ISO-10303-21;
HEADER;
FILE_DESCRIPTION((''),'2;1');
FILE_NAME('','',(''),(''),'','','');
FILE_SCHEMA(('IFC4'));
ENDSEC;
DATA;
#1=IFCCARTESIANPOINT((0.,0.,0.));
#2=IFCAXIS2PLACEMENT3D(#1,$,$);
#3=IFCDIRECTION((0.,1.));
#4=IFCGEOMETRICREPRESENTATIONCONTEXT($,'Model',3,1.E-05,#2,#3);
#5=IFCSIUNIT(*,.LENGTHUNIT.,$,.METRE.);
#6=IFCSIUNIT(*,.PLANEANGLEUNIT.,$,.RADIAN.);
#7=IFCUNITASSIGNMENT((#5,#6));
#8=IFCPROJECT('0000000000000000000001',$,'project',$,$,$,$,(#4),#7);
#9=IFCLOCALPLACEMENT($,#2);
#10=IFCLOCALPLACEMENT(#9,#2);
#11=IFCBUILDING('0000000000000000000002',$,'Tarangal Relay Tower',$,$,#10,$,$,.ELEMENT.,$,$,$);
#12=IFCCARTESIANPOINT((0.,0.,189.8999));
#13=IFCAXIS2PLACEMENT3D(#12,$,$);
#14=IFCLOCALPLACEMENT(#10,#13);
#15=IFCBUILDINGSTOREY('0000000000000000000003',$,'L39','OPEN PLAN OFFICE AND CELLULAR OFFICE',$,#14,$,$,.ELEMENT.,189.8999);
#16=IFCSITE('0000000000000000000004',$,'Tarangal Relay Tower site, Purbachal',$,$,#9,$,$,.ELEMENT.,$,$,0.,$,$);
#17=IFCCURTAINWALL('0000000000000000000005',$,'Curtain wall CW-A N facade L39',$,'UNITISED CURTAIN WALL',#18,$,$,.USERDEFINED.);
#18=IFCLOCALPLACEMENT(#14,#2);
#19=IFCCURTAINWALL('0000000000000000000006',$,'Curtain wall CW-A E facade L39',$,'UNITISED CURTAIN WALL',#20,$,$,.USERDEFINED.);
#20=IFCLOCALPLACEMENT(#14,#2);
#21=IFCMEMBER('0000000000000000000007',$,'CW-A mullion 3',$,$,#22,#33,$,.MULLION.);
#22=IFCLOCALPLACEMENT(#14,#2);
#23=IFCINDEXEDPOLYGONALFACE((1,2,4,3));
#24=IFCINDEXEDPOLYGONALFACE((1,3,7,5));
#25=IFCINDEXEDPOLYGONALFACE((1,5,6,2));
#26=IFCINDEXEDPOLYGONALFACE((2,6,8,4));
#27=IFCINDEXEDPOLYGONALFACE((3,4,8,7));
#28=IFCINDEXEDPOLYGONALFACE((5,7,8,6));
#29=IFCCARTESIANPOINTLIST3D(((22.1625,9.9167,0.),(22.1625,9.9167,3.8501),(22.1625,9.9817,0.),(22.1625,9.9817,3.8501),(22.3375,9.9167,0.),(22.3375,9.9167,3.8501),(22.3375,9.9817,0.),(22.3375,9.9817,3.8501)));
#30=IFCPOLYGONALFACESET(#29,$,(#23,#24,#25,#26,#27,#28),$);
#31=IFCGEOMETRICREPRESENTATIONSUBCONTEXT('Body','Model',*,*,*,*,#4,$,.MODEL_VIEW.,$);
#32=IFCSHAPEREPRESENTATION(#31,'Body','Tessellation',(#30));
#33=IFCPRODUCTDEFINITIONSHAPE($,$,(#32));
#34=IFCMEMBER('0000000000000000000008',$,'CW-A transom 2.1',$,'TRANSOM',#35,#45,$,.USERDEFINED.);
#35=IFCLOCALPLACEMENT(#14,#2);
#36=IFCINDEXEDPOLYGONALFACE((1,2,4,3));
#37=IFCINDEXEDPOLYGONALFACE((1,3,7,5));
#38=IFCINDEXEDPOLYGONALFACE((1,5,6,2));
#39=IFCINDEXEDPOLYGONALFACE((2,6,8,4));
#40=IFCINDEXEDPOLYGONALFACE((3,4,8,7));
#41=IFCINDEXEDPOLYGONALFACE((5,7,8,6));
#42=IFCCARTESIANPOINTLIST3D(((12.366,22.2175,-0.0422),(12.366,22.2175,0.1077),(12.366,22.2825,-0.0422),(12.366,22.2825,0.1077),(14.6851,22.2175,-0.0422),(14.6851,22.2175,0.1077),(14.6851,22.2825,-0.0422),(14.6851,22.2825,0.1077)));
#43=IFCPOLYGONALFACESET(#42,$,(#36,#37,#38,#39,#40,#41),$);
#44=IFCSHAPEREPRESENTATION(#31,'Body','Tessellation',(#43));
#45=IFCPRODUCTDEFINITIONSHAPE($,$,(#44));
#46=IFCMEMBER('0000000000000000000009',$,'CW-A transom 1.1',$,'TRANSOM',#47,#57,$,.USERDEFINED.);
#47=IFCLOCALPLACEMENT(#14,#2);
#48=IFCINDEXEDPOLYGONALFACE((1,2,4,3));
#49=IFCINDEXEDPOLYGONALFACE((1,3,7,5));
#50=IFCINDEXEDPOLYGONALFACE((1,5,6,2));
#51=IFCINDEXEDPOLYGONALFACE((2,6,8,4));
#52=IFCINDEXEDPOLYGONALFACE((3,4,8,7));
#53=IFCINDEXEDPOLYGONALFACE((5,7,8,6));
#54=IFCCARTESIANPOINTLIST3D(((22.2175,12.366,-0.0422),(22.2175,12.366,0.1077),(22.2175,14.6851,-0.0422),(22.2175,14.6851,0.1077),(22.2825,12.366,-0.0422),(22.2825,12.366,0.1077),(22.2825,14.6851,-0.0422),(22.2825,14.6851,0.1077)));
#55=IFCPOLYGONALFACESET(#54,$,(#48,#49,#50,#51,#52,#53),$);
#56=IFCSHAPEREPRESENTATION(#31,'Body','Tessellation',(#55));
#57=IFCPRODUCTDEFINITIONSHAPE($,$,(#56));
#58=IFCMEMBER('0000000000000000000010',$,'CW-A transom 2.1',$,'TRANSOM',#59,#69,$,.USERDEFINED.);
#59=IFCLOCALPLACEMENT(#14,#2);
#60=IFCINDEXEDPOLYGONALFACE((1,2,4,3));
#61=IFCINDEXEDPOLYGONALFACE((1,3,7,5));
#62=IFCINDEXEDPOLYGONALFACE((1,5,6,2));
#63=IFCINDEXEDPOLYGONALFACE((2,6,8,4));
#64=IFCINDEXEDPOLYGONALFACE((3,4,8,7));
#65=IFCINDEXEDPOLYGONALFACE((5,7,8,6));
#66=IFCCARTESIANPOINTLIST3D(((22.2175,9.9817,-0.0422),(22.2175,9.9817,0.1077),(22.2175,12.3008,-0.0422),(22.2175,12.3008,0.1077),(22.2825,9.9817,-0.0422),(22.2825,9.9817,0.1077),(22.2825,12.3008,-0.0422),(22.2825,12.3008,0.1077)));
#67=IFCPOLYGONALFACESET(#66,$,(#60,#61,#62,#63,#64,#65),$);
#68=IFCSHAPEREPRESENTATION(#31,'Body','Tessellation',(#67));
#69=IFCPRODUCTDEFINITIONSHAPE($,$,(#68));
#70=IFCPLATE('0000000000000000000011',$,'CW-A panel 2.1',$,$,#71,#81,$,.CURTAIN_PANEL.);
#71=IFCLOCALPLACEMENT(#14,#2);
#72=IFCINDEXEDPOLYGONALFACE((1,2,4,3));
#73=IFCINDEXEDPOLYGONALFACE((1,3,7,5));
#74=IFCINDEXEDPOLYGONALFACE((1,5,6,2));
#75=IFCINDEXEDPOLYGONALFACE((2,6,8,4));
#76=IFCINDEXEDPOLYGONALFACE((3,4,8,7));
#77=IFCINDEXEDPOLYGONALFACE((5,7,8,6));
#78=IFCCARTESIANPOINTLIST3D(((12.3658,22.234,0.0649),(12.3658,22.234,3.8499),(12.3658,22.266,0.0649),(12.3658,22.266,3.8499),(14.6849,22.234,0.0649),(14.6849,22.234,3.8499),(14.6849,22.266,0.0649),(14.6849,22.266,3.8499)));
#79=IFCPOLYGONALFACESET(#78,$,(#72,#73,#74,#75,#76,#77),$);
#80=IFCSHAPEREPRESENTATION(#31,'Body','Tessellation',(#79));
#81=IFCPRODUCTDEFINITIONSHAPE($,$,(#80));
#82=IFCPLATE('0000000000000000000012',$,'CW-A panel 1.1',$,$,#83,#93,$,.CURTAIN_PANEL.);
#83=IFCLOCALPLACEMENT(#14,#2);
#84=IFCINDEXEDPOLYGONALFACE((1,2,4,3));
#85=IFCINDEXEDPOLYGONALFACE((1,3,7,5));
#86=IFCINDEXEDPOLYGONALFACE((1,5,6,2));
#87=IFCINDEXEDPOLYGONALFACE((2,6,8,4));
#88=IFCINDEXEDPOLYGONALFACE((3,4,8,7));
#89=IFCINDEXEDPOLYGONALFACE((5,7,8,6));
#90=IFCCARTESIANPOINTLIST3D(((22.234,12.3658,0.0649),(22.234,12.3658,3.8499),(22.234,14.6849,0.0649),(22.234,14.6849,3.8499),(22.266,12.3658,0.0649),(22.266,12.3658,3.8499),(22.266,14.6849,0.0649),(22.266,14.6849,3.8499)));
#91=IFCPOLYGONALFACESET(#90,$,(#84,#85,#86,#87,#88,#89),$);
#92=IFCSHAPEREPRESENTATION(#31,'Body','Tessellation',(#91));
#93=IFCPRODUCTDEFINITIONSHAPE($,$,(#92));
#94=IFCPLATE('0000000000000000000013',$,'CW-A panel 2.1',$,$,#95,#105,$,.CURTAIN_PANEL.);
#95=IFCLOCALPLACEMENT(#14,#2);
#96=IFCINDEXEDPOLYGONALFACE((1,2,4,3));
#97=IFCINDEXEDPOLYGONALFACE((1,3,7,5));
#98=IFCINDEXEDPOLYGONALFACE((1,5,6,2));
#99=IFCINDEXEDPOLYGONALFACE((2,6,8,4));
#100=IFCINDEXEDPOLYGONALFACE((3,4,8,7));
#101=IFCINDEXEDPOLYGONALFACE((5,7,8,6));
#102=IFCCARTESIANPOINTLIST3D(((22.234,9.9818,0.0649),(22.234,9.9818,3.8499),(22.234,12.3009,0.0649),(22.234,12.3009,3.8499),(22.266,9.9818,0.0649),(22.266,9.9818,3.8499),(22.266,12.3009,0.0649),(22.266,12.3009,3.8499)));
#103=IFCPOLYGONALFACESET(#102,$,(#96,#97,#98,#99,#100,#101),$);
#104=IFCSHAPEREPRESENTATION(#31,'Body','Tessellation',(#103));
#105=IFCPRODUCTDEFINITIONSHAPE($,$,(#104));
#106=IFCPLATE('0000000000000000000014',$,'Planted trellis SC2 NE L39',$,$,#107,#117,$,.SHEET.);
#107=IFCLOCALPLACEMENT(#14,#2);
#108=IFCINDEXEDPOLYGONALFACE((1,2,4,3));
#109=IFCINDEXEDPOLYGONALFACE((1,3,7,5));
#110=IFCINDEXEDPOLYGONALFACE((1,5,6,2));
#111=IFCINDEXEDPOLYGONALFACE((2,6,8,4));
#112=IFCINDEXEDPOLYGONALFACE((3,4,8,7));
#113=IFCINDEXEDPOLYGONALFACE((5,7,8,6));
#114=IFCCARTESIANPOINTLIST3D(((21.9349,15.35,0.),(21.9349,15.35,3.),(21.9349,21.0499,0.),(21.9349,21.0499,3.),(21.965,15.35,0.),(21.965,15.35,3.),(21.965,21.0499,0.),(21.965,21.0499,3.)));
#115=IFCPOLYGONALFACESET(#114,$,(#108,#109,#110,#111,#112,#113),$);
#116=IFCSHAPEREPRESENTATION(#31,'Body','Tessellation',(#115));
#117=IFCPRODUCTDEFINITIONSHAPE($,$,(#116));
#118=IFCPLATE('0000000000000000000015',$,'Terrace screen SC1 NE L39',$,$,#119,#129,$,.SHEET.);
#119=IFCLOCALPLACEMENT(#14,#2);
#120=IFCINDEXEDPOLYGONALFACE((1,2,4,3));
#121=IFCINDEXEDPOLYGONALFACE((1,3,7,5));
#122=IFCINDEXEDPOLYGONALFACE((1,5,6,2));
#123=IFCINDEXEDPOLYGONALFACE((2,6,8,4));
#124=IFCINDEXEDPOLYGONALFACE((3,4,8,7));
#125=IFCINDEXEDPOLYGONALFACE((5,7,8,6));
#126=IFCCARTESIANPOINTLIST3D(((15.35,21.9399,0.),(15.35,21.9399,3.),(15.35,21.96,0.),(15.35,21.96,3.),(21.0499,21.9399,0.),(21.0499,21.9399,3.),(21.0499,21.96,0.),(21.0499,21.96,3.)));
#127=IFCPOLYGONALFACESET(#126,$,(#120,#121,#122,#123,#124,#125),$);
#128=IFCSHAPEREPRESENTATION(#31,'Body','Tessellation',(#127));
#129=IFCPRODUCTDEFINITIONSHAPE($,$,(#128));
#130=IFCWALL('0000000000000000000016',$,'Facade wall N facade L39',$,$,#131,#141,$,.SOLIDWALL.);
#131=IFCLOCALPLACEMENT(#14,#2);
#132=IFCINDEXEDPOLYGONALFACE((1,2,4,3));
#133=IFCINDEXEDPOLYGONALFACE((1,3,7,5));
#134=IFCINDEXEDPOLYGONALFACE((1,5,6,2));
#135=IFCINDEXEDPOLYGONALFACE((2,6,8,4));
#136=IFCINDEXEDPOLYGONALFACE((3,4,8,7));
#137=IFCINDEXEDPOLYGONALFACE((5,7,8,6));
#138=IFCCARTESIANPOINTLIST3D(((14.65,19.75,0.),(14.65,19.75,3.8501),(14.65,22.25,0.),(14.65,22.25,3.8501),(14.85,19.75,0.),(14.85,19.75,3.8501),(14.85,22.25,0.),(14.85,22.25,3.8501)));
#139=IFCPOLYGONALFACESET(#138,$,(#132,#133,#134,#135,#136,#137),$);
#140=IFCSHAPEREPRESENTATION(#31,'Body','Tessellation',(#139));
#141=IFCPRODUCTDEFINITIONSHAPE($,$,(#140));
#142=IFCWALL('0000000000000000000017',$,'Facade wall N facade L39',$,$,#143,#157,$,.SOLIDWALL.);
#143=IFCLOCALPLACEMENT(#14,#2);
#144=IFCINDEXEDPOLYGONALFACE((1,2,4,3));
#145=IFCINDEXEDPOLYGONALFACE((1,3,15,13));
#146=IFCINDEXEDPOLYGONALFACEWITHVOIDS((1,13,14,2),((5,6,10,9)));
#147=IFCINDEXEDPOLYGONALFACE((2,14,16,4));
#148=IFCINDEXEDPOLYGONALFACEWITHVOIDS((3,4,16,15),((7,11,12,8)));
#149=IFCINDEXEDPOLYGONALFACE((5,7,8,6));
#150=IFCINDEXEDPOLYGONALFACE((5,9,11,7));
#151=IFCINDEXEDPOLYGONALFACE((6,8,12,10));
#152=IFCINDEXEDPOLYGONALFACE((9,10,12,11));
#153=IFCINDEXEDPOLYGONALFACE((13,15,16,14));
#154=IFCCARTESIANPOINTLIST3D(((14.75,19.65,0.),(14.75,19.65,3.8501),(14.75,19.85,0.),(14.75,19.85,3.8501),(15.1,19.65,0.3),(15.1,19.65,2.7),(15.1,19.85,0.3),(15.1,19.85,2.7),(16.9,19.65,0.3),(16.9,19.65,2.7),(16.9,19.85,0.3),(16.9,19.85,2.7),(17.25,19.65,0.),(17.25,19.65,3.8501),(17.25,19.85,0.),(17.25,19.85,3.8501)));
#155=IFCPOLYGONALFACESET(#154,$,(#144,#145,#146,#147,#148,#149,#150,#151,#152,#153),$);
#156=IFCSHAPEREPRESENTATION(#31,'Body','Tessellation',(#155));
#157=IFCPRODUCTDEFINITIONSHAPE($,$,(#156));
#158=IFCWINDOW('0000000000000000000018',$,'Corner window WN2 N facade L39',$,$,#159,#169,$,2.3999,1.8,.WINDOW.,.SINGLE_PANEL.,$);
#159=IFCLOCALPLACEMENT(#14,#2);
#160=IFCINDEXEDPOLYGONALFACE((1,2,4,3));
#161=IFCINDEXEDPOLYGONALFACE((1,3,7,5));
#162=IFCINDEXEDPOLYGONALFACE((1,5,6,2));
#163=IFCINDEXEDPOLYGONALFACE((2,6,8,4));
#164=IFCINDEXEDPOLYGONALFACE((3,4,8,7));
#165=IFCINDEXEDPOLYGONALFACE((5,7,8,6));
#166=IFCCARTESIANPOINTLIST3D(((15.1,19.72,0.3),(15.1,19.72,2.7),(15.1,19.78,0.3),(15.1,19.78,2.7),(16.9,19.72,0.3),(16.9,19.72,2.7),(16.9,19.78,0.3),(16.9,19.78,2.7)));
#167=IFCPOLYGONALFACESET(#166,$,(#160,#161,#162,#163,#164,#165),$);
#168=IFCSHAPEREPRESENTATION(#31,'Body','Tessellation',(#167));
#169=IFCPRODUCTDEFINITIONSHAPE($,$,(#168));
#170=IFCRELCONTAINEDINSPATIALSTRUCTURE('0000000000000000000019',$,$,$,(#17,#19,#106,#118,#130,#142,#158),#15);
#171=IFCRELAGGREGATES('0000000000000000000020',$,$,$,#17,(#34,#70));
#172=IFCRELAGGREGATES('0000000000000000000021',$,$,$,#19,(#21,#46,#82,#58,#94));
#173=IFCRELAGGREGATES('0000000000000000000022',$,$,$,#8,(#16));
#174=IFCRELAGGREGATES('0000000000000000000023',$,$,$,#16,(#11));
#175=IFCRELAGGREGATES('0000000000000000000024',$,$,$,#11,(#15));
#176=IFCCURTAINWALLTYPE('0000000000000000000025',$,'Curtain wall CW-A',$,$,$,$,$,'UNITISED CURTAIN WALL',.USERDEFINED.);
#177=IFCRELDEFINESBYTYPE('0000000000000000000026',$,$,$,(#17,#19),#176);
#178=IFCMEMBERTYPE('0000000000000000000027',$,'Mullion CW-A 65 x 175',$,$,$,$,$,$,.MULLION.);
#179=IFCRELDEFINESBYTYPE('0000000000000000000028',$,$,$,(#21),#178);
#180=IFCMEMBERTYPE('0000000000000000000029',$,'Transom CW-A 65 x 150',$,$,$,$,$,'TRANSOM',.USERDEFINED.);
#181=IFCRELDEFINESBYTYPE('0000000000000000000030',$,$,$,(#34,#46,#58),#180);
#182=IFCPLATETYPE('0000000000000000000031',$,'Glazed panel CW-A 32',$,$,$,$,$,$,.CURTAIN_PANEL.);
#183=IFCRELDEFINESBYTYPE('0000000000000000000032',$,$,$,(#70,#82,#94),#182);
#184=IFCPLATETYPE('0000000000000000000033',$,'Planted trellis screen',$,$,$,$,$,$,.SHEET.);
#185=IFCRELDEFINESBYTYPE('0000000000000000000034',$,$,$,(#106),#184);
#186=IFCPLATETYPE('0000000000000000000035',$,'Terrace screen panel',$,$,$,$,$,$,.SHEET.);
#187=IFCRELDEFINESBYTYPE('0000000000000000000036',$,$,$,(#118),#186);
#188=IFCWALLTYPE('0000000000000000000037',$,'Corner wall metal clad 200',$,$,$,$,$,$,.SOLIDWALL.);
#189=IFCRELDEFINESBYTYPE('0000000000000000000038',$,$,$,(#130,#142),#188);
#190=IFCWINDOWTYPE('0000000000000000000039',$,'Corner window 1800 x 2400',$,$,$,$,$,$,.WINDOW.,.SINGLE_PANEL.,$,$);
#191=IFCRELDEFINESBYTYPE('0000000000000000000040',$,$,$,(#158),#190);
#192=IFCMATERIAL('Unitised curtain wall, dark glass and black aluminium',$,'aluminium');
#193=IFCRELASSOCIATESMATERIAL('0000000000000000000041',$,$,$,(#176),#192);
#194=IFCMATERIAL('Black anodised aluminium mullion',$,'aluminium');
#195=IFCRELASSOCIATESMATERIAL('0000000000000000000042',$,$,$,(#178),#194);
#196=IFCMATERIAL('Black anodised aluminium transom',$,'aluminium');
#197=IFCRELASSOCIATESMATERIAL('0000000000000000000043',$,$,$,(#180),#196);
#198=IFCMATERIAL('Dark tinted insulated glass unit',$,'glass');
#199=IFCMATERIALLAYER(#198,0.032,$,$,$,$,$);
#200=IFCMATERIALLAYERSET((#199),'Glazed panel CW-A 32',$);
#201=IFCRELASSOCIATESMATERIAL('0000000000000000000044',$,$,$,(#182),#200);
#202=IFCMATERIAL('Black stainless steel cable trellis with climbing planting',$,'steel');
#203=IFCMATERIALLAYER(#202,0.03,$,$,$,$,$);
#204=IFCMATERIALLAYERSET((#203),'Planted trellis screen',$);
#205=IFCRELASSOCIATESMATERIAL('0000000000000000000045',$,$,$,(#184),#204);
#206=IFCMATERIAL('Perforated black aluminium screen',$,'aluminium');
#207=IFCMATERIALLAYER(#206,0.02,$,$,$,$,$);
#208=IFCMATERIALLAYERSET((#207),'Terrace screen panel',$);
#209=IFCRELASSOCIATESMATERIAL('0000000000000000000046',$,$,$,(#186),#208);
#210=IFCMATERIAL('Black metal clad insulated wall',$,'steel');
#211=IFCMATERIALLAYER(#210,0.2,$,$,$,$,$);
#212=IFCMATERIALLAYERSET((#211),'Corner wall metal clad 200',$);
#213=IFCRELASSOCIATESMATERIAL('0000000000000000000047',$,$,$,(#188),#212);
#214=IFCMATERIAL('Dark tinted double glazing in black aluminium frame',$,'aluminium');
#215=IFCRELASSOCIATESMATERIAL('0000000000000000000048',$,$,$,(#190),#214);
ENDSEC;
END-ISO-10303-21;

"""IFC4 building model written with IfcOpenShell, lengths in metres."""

from ifc_helpers import new_model, si_unit, direction, frame, frame_2d, origin, origin_2d, place, context, subcontext, project, spatial, rectangle, extrude, material, layer, layer_set, material_profile, profile_set, type_object, element, fill, aggregate, save


model = new_model("IFC4")

# Units and contexts
model_context = context("Model", 3, precision=1e-05, world=origin(), true_north=direction((0.0, 1.0)))
body_context = subcontext(model_context, "Body", "Model", "MODEL_VIEW")
ifc_project = project(units=[si_unit("LENGTHUNIT", "METRE"), si_unit("PLANEANGLEUNIT", "RADIAN")], contexts=[model_context])

# Site, building, storey
site_placement = place(None, origin())
site = spatial("IfcSite", under=ifc_project, at=site_placement, Name="Tarangal Relay Tower site, Purbachal", CompositionType="ELEMENT", RefElevation=0.0)
building_placement = place(site_placement, origin())
building = spatial("IfcBuilding", under=site, at=building_placement, Name="Tarangal Relay Tower", CompositionType="ELEMENT")
storey_placement = place(building_placement, frame((0.0, 0.0, 189.8999)))
storey = spatial("IfcBuildingStorey", under=building, at=storey_placement, Name="L39", Description="OPEN PLAN OFFICE AND CELLULAR OFFICE", CompositionType="ELEMENT", Elevation=189.8999)

# Curtain walls, member
ifc_material_1 = material(Name="Unitised curtain wall, dark glass and black aluminium", Category="aluminium")
curtain_wall_type = type_object("IfcCurtainWallType", Name="Curtain wall CW-A", ElementType="UNITISED CURTAIN WALL", PredefinedType="USERDEFINED", material=ifc_material_1)
curtain_wall_1_placement = place(storey_placement, origin())
curtain_wall_1 = element("IfcCurtainWall", 1, at=curtain_wall_1_placement, inside=storey, type_object=curtain_wall_type, Name="Curtain wall CW-A N facade L39", ObjectType="UNITISED CURTAIN WALL", PredefinedType="USERDEFINED")
ifc_material_2 = material(Name="Black anodised aluminium mullion", Category="aluminium")
ifc_material_profile_1 = material_profile(ifc_material_2, rectangle(XDim=0.175, YDim=0.0649, at=origin_2d()), Name="CW-AM 65X175")
ifc_profile_set_1 = profile_set([ifc_material_profile_1], Name="Black anodised aluminium mullion")
member_type_1 = type_object("IfcMemberType", Name="Mullion CW-A 65 x 175", PredefinedType="MULLION", material=ifc_profile_set_1)
curtain_wall_2_placement = place(storey_placement, origin())
curtain_wall_2 = element("IfcCurtainWall", 2, at=curtain_wall_2_placement, inside=storey, type_object=curtain_wall_type, Name="Curtain wall CW-A E facade L39", ObjectType="UNITISED CURTAIN WALL", PredefinedType="USERDEFINED")
member_1_placement = place(storey_placement, frame((22.25, 9.9492, 0.0), z_axis=(0.0, 0.0, 1.0), x_axis=(1.0, 0.0, 0.0)))
member_1 = element("IfcMember", 3, at=member_1_placement, type_object=member_type_1, Name="CW-A mullion 3", PredefinedType="MULLION", context=body_context, shape_type="SweptSolid", body=[
    extrude(rectangle(XDim=0.175, YDim=0.0649, at=origin_2d()), origin(), (0.0, 0.0, 1.0), 3.8501),
])

# Members
ifc_material_3 = material(Name="Black anodised aluminium transom", Category="aluminium")
ifc_material_profile_2 = material_profile(ifc_material_3, rectangle(XDim=0.0649, YDim=0.1499, at=origin_2d()), Name="CW-AT 65X150")
ifc_profile_set_2 = profile_set([ifc_material_profile_2], Name="Black anodised aluminium transom")
member_type_2 = type_object("IfcMemberType", Name="Transom CW-A 65 x 150", ElementType="TRANSOM", PredefinedType="USERDEFINED", material=ifc_profile_set_2)
member_2_placement = place(storey_placement, frame((12.366, 22.25, 0.0327), z_axis=(1.0, 0.0, 0.0), x_axis=(0.0, 1.0, 0.0)))
member_2 = element("IfcMember", 4, at=member_2_placement, type_object=member_type_2, Name="CW-A transom 2.1", ObjectType="TRANSOM", PredefinedType="USERDEFINED", context=body_context, shape_type="SweptSolid", body=[
    extrude(rectangle(XDim=0.0649, YDim=0.1499, at=origin_2d()), origin(), (0.0, 0.0, 1.0), 2.3191),
])
member_3_placement = place(storey_placement, frame((22.25, 14.6851, 0.0327), z_axis=(0.0, -1.0, 0.0), x_axis=(1.0, 0.0, 0.0)))
member_3 = element("IfcMember", 5, at=member_3_placement, type_object=member_type_2, Name="CW-A transom 1.1", ObjectType="TRANSOM", PredefinedType="USERDEFINED", context=body_context, shape_type="SweptSolid", body=[
    extrude(rectangle(XDim=0.0649, YDim=0.1499, at=origin_2d()), origin(), (0.0, 0.0, 1.0), 2.3191),
])
member_4_placement = place(storey_placement, frame((22.25, 12.3008, 0.0327), z_axis=(0.0, -1.0, 0.0), x_axis=(1.0, 0.0, 0.0)))
member_4 = element("IfcMember", 6, at=member_4_placement, type_object=member_type_2, Name="CW-A transom 2.1", ObjectType="TRANSOM", PredefinedType="USERDEFINED", context=body_context, shape_type="SweptSolid", body=[
    extrude(rectangle(XDim=0.0649, YDim=0.1499, at=origin_2d()), origin(), (0.0, 0.0, 1.0), 2.3191),
])

# Plates
ifc_material_4 = material(Name="Dark tinted insulated glass unit", Category="glass")
ifc_layer_1 = layer(ifc_material_4, 0.032)
ifc_layer_set_1 = layer_set([ifc_layer_1], Name="Glazed panel CW-A 32")
plate_type_1 = type_object("IfcPlateType", Name="Glazed panel CW-A 32", PredefinedType="CURTAIN_PANEL", material=ifc_layer_set_1)
plate_1_placement = place(storey_placement, frame((13.5254, 22.25, 0.0649), z_axis=(0.0, 0.0, 1.0), x_axis=(1.0, 0.0, 0.0)))
plate_1 = element("IfcPlate", 7, at=plate_1_placement, type_object=plate_type_1, Name="CW-A panel 2.1", PredefinedType="CURTAIN_PANEL", context=body_context, shape_type="SweptSolid", body=[
    extrude(rectangle(XDim=2.3191, YDim=0.032, at=origin_2d()), origin(), (0.0, 0.0, 1.0), 3.7849),
])
aggregate(curtain_wall_1, [member_2, plate_1])
plate_2_placement = place(storey_placement, frame((22.25, 13.5254, 0.0649), z_axis=(0.0, 0.0, 1.0), x_axis=(0.0, -1.0, 0.0)))
plate_2 = element("IfcPlate", 8, at=plate_2_placement, type_object=plate_type_1, Name="CW-A panel 1.1", PredefinedType="CURTAIN_PANEL", context=body_context, shape_type="SweptSolid", body=[
    extrude(rectangle(XDim=2.3191, YDim=0.032, at=origin_2d()), origin(), (0.0, 0.0, 1.0), 3.7849),
])
plate_3_placement = place(storey_placement, frame((22.25, 11.1414, 0.0649), z_axis=(0.0, 0.0, 1.0), x_axis=(0.0, -1.0, 0.0)))
plate_3 = element("IfcPlate", 9, at=plate_3_placement, type_object=plate_type_1, Name="CW-A panel 2.1", PredefinedType="CURTAIN_PANEL", context=body_context, shape_type="SweptSolid", body=[
    extrude(rectangle(XDim=2.3191, YDim=0.032, at=origin_2d()), origin(), (0.0, 0.0, 1.0), 3.7849),
])
aggregate(curtain_wall_2, [member_1, member_3, plate_2, member_4, plate_3])

# Plates
ifc_material_5 = material(Name="Black stainless steel cable trellis with climbing planting", Category="steel")
ifc_layer_2 = layer(ifc_material_5, 0.03)
ifc_layer_set_2 = layer_set([ifc_layer_2], Name="Planted trellis screen")
plate_type_2 = type_object("IfcPlateType", Name="Planted trellis screen", PredefinedType="SHEET", material=ifc_layer_set_2)
plate_4_placement = place(storey_placement, frame((21.95, 18.2, 0.0), z_axis=(0.0, 0.0, 1.0), x_axis=(0.0, -1.0, 0.0)))
element("IfcPlate", 10, at=plate_4_placement, inside=storey, type_object=plate_type_2, Name="Planted trellis SC2 NE L39", PredefinedType="SHEET", context=body_context, shape_type="SweptSolid", body=[
    extrude(rectangle(XDim=5.7, YDim=0.03, at=origin_2d()), origin(), (0.0, 0.0, 1.0), 3.0),
])
ifc_material_6 = material(Name="Perforated black aluminium screen", Category="aluminium")
ifc_layer_3 = layer(ifc_material_6, 0.02)
ifc_layer_set_3 = layer_set([ifc_layer_3], Name="Terrace screen panel")
plate_type_3 = type_object("IfcPlateType", Name="Terrace screen panel", PredefinedType="SHEET", material=ifc_layer_set_3)
plate_5_placement = place(storey_placement, frame((18.2, 21.95, 0.0), z_axis=(0.0, 0.0, 1.0), x_axis=(1.0, 0.0, 0.0)))
element("IfcPlate", 11, at=plate_5_placement, inside=storey, type_object=plate_type_3, Name="Terrace screen SC1 NE L39", PredefinedType="SHEET", context=body_context, shape_type="SweptSolid", body=[
    extrude(rectangle(XDim=5.7, YDim=0.02, at=origin_2d()), origin(), (0.0, 0.0, 1.0), 3.0),
])

# Wall
ifc_material_7 = material(Name="Black metal clad insulated wall", Category="steel")
ifc_layer_4 = layer(ifc_material_7, 0.2)
ifc_layer_set_4 = layer_set([ifc_layer_4], Name="Corner wall metal clad 200")
wall_type_1 = type_object("IfcWallType", Name="Corner wall metal clad 200", PredefinedType="SOLIDWALL", material=ifc_layer_set_4)
wall_1_placement = place(storey_placement, frame((14.75, 22.25, 0.0), z_axis=(0.0, 0.0, 1.0), x_axis=(0.0, -1.0, 0.0)))
element("IfcWall", 12, at=wall_1_placement, inside=storey, type_object=wall_type_1, Name="Facade wall N facade L39", PredefinedType="SOLIDWALL", context=body_context, shape_type="SweptSolid", body=[
    extrude(rectangle(XDim=2.5, YDim=0.2, at=frame_2d((1.25, 0.0))), origin(), (0.0, 0.0, 1.0), 3.8501),
])

# Wall, opening, window
wall_2_placement = place(storey_placement, frame((14.75, 19.75, 0.0), z_axis=(0.0, 0.0, 1.0), x_axis=(1.0, 0.0, 0.0)))
wall_2 = element("IfcWall", 13, at=wall_2_placement, inside=storey, type_object=wall_type_1, Name="Facade wall N facade L39", PredefinedType="SOLIDWALL", context=body_context, shape_type="SweptSolid", body=[
    extrude(rectangle(XDim=2.5, YDim=0.2, at=frame_2d((1.25, 0.0))), origin(), (0.0, 0.0, 1.0), 3.8501),
])
opening_1_placement = place(wall_2_placement, frame((0.3501, 0.0, 0.3)))
opening_1 = element("IfcOpeningElement", 14, at=opening_1_placement, cuts=wall_2, PredefinedType="OPENING", context=body_context, shape_type="SweptSolid", body=[
    extrude(rectangle(XDim=1.8, YDim=2.3999, at=frame_2d((0.8999, 1.2))), frame((0.0, 0.1099, 0.0), z_axis=(0.0, -1.0, 0.0), x_axis=(1.0, 0.0, 0.0)), (0.0, 0.0, 1.0), 0.22),
])
ifc_material_8 = material(Name="Dark tinted double glazing in black aluminium frame", Category="aluminium")
window_type = type_object("IfcWindowType", Name="Corner window 1800 x 2400", PartitioningType="SINGLE_PANEL", PredefinedType="WINDOW", material=ifc_material_8)
window_1_placement = place(opening_1_placement, origin())
window_1 = element("IfcWindow", 15, at=window_1_placement, inside=storey, type_object=window_type, Name="Corner window WN2 N facade L39", OverallHeight=2.3999, OverallWidth=1.8, PartitioningType="SINGLE_PANEL", PredefinedType="WINDOW", context=body_context, shape_type="SweptSolid", body=[
    extrude(rectangle(XDim=1.8, YDim=2.3999, at=frame_2d((0.8999, 1.2))), frame((0.0, 0.03, 0.0), z_axis=(0.0, -1.0, 0.0), x_axis=(1.0, 0.0, 0.0)), (0.0, 0.0, 1.0), 0.0601),
])
fill(opening_1, window_1)

save(model, "model.ifc")
